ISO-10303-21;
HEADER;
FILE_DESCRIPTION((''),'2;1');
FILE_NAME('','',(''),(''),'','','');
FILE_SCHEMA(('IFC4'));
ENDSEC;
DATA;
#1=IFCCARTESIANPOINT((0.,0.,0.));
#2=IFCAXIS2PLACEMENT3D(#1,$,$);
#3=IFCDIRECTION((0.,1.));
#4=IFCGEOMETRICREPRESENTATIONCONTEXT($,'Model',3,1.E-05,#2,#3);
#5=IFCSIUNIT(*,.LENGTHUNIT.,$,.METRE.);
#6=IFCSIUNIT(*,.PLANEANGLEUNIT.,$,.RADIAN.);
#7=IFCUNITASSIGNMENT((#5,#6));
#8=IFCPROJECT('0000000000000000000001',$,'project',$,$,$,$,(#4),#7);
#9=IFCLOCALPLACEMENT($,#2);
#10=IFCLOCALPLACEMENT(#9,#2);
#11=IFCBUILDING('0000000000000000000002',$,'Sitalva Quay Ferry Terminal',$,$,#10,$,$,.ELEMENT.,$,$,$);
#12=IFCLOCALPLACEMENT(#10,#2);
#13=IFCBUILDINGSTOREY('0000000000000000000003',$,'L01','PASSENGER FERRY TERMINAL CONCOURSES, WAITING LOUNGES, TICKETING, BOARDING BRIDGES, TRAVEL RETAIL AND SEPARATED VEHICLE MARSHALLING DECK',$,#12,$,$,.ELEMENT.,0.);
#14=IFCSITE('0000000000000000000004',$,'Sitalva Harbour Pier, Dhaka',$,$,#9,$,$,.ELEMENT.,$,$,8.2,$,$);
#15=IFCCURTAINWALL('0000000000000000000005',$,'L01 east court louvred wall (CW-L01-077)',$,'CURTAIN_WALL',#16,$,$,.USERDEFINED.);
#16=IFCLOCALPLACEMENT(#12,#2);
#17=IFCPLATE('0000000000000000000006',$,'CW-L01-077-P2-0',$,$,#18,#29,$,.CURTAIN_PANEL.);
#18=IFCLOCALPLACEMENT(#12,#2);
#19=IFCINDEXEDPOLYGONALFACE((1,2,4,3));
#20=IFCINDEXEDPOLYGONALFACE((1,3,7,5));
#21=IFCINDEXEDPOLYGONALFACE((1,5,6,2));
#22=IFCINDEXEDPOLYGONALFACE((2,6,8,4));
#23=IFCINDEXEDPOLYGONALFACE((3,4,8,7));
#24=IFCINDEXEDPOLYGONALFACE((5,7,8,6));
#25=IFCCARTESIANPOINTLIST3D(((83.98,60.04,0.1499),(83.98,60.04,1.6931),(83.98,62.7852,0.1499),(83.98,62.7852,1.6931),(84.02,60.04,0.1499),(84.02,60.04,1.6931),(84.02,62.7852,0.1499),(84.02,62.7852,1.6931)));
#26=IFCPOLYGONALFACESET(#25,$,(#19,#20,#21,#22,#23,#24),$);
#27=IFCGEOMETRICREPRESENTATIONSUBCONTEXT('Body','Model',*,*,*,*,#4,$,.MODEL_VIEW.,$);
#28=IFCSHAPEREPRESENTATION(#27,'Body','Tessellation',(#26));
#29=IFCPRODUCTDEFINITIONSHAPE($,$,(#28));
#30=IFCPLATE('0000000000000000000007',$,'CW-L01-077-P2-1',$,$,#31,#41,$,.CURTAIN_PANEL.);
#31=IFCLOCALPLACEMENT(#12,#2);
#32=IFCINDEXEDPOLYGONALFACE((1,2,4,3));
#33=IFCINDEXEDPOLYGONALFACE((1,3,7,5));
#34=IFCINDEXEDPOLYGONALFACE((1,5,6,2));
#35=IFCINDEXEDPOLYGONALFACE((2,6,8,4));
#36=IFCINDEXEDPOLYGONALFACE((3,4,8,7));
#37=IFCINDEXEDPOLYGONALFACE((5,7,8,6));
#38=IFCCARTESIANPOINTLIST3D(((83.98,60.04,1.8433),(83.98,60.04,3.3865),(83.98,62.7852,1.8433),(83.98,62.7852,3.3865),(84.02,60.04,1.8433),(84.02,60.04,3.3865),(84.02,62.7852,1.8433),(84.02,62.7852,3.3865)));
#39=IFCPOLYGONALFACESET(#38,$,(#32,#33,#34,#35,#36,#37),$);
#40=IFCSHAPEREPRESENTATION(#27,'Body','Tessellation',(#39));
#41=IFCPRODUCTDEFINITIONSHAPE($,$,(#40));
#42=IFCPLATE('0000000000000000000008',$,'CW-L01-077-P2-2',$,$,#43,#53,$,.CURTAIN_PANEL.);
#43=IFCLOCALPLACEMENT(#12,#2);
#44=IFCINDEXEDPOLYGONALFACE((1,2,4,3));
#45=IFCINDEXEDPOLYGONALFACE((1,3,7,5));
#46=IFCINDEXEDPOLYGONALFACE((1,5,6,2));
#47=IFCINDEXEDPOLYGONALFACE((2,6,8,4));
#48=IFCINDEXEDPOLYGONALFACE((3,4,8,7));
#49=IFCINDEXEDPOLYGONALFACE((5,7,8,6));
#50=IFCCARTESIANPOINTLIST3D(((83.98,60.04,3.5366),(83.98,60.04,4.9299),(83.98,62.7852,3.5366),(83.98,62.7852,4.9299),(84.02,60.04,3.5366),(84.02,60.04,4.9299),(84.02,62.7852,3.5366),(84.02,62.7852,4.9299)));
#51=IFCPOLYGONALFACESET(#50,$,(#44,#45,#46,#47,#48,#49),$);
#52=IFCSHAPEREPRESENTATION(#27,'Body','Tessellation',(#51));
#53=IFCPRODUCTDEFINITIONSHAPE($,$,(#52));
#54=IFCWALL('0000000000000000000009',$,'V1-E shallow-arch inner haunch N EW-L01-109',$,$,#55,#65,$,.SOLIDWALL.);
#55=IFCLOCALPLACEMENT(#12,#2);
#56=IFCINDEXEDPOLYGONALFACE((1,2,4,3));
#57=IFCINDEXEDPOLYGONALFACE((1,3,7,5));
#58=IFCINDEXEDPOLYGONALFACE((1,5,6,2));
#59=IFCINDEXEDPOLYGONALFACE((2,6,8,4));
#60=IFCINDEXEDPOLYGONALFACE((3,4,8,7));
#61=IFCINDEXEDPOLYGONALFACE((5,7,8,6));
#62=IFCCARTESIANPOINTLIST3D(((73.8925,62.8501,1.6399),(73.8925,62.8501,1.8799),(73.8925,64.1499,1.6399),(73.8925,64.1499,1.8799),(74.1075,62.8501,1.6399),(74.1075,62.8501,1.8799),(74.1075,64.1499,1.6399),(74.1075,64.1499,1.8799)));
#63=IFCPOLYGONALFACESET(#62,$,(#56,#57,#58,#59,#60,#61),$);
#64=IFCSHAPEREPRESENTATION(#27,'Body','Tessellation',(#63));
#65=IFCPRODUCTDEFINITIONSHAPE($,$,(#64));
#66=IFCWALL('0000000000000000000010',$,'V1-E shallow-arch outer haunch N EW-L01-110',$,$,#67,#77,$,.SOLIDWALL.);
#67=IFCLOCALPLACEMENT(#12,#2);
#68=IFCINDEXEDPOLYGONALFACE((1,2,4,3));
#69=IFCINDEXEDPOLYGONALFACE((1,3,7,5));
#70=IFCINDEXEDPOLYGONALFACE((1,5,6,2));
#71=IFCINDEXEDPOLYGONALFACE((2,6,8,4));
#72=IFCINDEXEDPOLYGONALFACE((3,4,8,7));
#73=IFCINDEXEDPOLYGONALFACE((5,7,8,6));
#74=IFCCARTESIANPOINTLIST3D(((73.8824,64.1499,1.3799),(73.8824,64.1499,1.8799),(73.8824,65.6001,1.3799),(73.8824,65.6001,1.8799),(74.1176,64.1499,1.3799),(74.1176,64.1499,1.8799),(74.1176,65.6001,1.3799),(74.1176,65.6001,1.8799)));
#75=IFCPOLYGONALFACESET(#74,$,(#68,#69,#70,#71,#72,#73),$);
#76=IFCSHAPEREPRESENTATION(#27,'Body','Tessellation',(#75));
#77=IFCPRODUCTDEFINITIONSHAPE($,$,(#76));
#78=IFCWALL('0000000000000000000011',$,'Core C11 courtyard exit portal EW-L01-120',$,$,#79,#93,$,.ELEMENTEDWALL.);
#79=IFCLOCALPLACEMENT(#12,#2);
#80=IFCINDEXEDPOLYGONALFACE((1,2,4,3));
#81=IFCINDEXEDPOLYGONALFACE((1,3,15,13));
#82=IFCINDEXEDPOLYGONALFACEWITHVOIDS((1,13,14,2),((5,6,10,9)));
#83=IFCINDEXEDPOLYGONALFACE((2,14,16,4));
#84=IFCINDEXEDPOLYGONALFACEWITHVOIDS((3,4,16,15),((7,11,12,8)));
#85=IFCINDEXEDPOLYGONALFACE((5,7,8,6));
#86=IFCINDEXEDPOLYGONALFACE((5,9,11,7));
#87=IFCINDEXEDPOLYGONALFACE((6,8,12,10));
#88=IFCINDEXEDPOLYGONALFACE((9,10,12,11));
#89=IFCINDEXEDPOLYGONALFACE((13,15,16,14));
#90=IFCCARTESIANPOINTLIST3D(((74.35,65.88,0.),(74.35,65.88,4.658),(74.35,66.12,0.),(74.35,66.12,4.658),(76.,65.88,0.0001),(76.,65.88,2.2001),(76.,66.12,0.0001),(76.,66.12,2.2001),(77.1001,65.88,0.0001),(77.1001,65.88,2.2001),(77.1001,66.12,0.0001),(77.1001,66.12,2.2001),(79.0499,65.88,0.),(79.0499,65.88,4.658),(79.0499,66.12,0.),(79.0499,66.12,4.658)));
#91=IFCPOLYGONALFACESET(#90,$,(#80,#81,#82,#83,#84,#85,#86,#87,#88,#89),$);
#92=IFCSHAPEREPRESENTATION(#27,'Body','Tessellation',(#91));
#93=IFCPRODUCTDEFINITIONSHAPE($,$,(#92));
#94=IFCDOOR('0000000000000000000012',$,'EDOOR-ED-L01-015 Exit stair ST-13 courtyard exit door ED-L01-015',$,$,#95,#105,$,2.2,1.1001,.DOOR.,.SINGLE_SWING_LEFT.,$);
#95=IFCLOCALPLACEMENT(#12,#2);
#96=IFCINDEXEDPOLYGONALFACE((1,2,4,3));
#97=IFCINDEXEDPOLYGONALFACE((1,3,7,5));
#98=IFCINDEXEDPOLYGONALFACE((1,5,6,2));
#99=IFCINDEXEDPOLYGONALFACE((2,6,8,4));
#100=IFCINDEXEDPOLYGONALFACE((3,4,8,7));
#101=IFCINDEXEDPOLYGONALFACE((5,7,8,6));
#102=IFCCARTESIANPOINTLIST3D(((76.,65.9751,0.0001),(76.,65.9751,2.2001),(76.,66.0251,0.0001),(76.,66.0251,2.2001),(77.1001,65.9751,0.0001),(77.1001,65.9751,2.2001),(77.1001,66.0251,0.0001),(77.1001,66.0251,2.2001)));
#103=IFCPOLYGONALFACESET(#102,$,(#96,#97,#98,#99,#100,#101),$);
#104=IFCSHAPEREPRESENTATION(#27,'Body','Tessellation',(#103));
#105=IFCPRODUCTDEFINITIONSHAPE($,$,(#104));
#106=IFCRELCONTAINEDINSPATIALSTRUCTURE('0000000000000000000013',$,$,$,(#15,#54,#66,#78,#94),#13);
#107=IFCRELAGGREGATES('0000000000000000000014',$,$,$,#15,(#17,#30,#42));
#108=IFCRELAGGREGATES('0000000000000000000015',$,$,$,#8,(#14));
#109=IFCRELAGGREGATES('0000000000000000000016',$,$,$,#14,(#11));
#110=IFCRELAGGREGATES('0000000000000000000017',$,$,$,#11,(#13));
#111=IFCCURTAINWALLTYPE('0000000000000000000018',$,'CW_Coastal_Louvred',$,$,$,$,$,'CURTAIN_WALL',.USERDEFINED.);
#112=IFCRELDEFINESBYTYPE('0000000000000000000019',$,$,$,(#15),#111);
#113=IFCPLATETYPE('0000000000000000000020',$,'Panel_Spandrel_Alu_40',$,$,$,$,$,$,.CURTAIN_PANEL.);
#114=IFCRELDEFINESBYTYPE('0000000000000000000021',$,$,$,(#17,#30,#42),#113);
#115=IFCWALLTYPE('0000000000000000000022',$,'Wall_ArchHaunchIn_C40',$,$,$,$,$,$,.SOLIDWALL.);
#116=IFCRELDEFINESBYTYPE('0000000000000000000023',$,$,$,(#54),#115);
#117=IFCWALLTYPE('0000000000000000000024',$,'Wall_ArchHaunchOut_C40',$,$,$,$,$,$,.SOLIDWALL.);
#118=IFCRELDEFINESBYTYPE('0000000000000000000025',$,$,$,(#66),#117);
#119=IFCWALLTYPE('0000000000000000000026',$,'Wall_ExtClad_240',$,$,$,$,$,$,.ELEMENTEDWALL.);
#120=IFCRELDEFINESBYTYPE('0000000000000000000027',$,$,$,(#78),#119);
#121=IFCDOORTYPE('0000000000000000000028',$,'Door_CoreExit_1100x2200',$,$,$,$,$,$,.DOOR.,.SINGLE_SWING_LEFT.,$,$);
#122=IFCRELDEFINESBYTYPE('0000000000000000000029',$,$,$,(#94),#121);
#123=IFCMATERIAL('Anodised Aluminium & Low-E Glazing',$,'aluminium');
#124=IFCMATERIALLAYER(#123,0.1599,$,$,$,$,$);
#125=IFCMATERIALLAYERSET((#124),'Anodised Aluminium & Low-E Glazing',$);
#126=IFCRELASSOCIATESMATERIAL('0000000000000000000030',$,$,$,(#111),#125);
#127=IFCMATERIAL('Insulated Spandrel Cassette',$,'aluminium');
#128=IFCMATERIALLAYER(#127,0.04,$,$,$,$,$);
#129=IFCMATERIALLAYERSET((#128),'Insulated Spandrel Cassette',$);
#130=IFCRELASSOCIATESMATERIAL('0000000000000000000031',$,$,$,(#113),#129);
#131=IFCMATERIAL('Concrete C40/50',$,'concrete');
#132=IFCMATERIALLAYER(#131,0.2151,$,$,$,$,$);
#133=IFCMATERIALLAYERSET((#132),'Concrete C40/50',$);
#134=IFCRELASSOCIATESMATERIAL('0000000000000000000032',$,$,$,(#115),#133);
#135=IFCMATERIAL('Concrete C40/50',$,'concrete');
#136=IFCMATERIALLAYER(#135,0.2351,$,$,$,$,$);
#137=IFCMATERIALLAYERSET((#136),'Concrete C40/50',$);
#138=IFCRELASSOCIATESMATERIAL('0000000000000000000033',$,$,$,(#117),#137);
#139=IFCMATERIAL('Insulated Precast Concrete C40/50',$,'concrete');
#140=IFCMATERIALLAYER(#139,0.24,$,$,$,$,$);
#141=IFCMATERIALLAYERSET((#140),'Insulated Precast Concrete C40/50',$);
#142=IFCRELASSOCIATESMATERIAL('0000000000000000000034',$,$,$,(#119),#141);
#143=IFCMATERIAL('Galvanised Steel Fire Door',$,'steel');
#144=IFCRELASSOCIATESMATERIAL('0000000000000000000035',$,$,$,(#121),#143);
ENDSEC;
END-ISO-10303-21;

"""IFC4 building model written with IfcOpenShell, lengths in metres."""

from ifc_helpers import new_model, si_unit, direction, frame, frame_2d, origin, origin_2d, place, context, subcontext, project, spatial, rectangle, extrude, material, layer, layer_set, type_object, element, fill, aggregate, save


model = new_model("IFC4")

# Units and contexts
model_context = context("Model", 3, precision=1e-05, world=origin(), true_north=direction((0.0, 1.0)))
body_context = subcontext(model_context, "Body", "Model", "MODEL_VIEW")
ifc_project = project(units=[si_unit("LENGTHUNIT", "METRE"), si_unit("PLANEANGLEUNIT", "RADIAN")], contexts=[model_context])

# Site, building, storey
site_placement = place(None, origin())
site = spatial("IfcSite", under=ifc_project, at=site_placement, Name="Sitalva Harbour Pier, Dhaka", CompositionType="ELEMENT", RefElevation=8.2)
building_placement = place(site_placement, origin())
building = spatial("IfcBuilding", under=site, at=building_placement, Name="Sitalva Quay Ferry Terminal", CompositionType="ELEMENT")
storey_placement = place(building_placement, origin())
storey = spatial("IfcBuildingStorey", under=building, at=storey_placement, Name="L01", Description="PASSENGER FERRY TERMINAL CONCOURSES, WAITING LOUNGES, TICKETING, BOARDING BRIDGES, TRAVEL RETAIL AND SEPARATED VEHICLE MARSHALLING DECK", CompositionType="ELEMENT", Elevation=0.0)

# Curtain wall
ifc_material_1 = material(Name="Anodised Aluminium & Low-E Glazing", Category="aluminium")
ifc_layer_1 = layer(ifc_material_1, 0.1599)
ifc_layer_set_1 = layer_set([ifc_layer_1], Name="Anodised Aluminium & Low-E Glazing")
curtain_wall_type_1 = type_object("IfcCurtainWallType", Name="CW_Coastal_Louvred", ElementType="CURTAIN_WALL", PredefinedType="USERDEFINED", material=ifc_layer_set_1)
curtain_wall_1_placement = place(storey_placement, origin())
curtain_wall_1 = element("IfcCurtainWall", 1, at=curtain_wall_1_placement, inside=storey, type_object=curtain_wall_type_1, Name="L01 east court louvred wall (CW-L01-077)", ObjectType="CURTAIN_WALL", PredefinedType="USERDEFINED")

# Plates
ifc_material_2 = material(Name="Insulated Spandrel Cassette", Category="aluminium")
ifc_layer_2 = layer(ifc_material_2, 0.04)
ifc_layer_set_2 = layer_set([ifc_layer_2], Name="Insulated Spandrel Cassette")
plate_type_1 = type_object("IfcPlateType", Name="Panel_Spandrel_Alu_40", PredefinedType="CURTAIN_PANEL", material=ifc_layer_set_2)
plate_1_placement = place(storey_placement, frame((84.0, 61.4126, 0.1499), z_axis=(0.0, 0.0, 1.0), x_axis=(0.0, 1.0, 0.0)))
plate_1 = element("IfcPlate", 2, at=plate_1_placement, type_object=plate_type_1, Name="CW-L01-077-P2-0", PredefinedType="CURTAIN_PANEL", context=body_context, shape_type="SweptSolid", body=[
    extrude(rectangle(XDim=2.7451, YDim=0.04, at=origin_2d()), origin(), (0.0, 0.0, 1.0), 1.5432),
])
plate_2_placement = place(storey_placement, frame((84.0, 61.4126, 1.8433), z_axis=(0.0, 0.0, 1.0), x_axis=(0.0, 1.0, 0.0)))
plate_2 = element("IfcPlate", 3, at=plate_2_placement, type_object=plate_type_1, Name="CW-L01-077-P2-1", PredefinedType="CURTAIN_PANEL", context=body_context, shape_type="SweptSolid", body=[
    extrude(rectangle(XDim=2.7451, YDim=0.04, at=origin_2d()), origin(), (0.0, 0.0, 1.0), 1.5432),
])
plate_3_placement = place(storey_placement, frame((84.0, 61.4126, 3.5366), z_axis=(0.0, 0.0, 1.0), x_axis=(0.0, 1.0, 0.0)))
plate_3 = element("IfcPlate", 4, at=plate_3_placement, type_object=plate_type_1, Name="CW-L01-077-P2-2", PredefinedType="CURTAIN_PANEL", context=body_context, shape_type="SweptSolid", body=[
    extrude(rectangle(XDim=2.7451, YDim=0.04, at=origin_2d()), origin(), (0.0, 0.0, 1.0), 1.3933),
])
aggregate(curtain_wall_1, [plate_1, plate_2, plate_3])

# Walls
ifc_material_3 = material(Name="Concrete C40/50", Category="concrete")
ifc_layer_3 = layer(ifc_material_3, 0.2151)
ifc_layer_set_3 = layer_set([ifc_layer_3], Name="Concrete C40/50")
wall_type_1 = type_object("IfcWallType", Name="Wall_ArchHaunchIn_C40", PredefinedType="SOLIDWALL", material=ifc_layer_set_3)
wall_1_placement = place(storey_placement, frame((74.0, 62.8501, 1.6399), z_axis=(0.0, 0.0, 1.0), x_axis=(0.0, 1.0, 0.0)))
element("IfcWall", 5, at=wall_1_placement, inside=storey, type_object=wall_type_1, Name="V1-E shallow-arch inner haunch N EW-L01-109", PredefinedType="SOLIDWALL", context=body_context, shape_type="SweptSolid", body=[
    extrude(rectangle(XDim=1.2998, YDim=0.2151, at=frame_2d((0.6499, 0.0))), origin(), (0.0, 0.0, 1.0), 0.24),
])
ifc_material_4 = material(Name="Concrete C40/50", Category="concrete")
ifc_layer_4 = layer(ifc_material_4, 0.2351)
ifc_layer_set_4 = layer_set([ifc_layer_4], Name="Concrete C40/50")
wall_type_2 = type_object("IfcWallType", Name="Wall_ArchHaunchOut_C40", PredefinedType="SOLIDWALL", material=ifc_layer_set_4)
wall_2_placement = place(storey_placement, frame((74.0, 64.1499, 1.3799), z_axis=(0.0, 0.0, 1.0), x_axis=(0.0, 1.0, 0.0)))
element("IfcWall", 6, at=wall_2_placement, inside=storey, type_object=wall_type_2, Name="V1-E shallow-arch outer haunch N EW-L01-110", PredefinedType="SOLIDWALL", context=body_context, shape_type="SweptSolid", body=[
    extrude(rectangle(XDim=1.4502, YDim=0.2351, at=frame_2d((0.7251, 0.0))), origin(), (0.0, 0.0, 1.0), 0.5),
])

# Wall, opening, door
ifc_material_5 = material(Name="Insulated Precast Concrete C40/50", Category="concrete")
ifc_layer_5 = layer(ifc_material_5, 0.24)
ifc_layer_set_5 = layer_set([ifc_layer_5], Name="Insulated Precast Concrete C40/50")
wall_type_3 = type_object("IfcWallType", Name="Wall_ExtClad_240", PredefinedType="ELEMENTEDWALL", material=ifc_layer_set_5)
wall_3_placement = place(storey_placement, frame((79.05, 66.0, 0.0), z_axis=(0.0, 0.0, 1.0), x_axis=(-1.0, 0.0, 0.0)))
wall_3 = element("IfcWall", 7, at=wall_3_placement, inside=storey, type_object=wall_type_3, Name="Core C11 courtyard exit portal EW-L01-120", PredefinedType="ELEMENTEDWALL", context=body_context, shape_type="SweptSolid", body=[
    extrude(rectangle(XDim=4.7, YDim=0.24, at=frame_2d((2.3501, 0.0))), origin(), (0.0, 0.0, 1.0), 4.658),
])
opening_placement = place(wall_3_placement, frame((1.95, 0.0, 0.0)))
opening = element("IfcOpeningElement", 8, at=opening_placement, cuts=wall_3, PredefinedType="OPENING", context=body_context, shape_type="SweptSolid", body=[
    extrude(rectangle(XDim=1.1001, YDim=2.2, at=frame_2d((0.55, 1.1001))), frame((0.0, 0.1299, 0.0), z_axis=(0.0, -1.0, 0.0), x_axis=(1.0, 0.0, 0.0)), (0.0, 0.0, 1.0), 0.26),
])
ifc_material_6 = material(Name="Galvanised Steel Fire Door", Category="steel")
door_type = type_object("IfcDoorType", Name="Door_CoreExit_1100x2200", OperationType="SINGLE_SWING_LEFT", PredefinedType="DOOR", material=ifc_material_6)
door_placement = place(opening_placement, origin())
door = element("IfcDoor", 9, at=door_placement, inside=storey, type_object=door_type, Name="EDOOR-ED-L01-015 Exit stair ST-13 courtyard exit door ED-L01-015", OperationType="SINGLE_SWING_LEFT", OverallHeight=2.2, OverallWidth=1.1001, PredefinedType="DOOR", context=body_context, shape_type="SweptSolid", body=[
    extrude(rectangle(XDim=1.1001, YDim=2.2, at=frame_2d((0.55, 1.1001))), frame((0.0, 0.0249, 0.0), z_axis=(0.0, -1.0, 0.0), x_axis=(1.0, 0.0, 0.0)), (0.0, 0.0, 1.0), 0.05),
])
fill(opening, door)

save(model, "model.ifc")
